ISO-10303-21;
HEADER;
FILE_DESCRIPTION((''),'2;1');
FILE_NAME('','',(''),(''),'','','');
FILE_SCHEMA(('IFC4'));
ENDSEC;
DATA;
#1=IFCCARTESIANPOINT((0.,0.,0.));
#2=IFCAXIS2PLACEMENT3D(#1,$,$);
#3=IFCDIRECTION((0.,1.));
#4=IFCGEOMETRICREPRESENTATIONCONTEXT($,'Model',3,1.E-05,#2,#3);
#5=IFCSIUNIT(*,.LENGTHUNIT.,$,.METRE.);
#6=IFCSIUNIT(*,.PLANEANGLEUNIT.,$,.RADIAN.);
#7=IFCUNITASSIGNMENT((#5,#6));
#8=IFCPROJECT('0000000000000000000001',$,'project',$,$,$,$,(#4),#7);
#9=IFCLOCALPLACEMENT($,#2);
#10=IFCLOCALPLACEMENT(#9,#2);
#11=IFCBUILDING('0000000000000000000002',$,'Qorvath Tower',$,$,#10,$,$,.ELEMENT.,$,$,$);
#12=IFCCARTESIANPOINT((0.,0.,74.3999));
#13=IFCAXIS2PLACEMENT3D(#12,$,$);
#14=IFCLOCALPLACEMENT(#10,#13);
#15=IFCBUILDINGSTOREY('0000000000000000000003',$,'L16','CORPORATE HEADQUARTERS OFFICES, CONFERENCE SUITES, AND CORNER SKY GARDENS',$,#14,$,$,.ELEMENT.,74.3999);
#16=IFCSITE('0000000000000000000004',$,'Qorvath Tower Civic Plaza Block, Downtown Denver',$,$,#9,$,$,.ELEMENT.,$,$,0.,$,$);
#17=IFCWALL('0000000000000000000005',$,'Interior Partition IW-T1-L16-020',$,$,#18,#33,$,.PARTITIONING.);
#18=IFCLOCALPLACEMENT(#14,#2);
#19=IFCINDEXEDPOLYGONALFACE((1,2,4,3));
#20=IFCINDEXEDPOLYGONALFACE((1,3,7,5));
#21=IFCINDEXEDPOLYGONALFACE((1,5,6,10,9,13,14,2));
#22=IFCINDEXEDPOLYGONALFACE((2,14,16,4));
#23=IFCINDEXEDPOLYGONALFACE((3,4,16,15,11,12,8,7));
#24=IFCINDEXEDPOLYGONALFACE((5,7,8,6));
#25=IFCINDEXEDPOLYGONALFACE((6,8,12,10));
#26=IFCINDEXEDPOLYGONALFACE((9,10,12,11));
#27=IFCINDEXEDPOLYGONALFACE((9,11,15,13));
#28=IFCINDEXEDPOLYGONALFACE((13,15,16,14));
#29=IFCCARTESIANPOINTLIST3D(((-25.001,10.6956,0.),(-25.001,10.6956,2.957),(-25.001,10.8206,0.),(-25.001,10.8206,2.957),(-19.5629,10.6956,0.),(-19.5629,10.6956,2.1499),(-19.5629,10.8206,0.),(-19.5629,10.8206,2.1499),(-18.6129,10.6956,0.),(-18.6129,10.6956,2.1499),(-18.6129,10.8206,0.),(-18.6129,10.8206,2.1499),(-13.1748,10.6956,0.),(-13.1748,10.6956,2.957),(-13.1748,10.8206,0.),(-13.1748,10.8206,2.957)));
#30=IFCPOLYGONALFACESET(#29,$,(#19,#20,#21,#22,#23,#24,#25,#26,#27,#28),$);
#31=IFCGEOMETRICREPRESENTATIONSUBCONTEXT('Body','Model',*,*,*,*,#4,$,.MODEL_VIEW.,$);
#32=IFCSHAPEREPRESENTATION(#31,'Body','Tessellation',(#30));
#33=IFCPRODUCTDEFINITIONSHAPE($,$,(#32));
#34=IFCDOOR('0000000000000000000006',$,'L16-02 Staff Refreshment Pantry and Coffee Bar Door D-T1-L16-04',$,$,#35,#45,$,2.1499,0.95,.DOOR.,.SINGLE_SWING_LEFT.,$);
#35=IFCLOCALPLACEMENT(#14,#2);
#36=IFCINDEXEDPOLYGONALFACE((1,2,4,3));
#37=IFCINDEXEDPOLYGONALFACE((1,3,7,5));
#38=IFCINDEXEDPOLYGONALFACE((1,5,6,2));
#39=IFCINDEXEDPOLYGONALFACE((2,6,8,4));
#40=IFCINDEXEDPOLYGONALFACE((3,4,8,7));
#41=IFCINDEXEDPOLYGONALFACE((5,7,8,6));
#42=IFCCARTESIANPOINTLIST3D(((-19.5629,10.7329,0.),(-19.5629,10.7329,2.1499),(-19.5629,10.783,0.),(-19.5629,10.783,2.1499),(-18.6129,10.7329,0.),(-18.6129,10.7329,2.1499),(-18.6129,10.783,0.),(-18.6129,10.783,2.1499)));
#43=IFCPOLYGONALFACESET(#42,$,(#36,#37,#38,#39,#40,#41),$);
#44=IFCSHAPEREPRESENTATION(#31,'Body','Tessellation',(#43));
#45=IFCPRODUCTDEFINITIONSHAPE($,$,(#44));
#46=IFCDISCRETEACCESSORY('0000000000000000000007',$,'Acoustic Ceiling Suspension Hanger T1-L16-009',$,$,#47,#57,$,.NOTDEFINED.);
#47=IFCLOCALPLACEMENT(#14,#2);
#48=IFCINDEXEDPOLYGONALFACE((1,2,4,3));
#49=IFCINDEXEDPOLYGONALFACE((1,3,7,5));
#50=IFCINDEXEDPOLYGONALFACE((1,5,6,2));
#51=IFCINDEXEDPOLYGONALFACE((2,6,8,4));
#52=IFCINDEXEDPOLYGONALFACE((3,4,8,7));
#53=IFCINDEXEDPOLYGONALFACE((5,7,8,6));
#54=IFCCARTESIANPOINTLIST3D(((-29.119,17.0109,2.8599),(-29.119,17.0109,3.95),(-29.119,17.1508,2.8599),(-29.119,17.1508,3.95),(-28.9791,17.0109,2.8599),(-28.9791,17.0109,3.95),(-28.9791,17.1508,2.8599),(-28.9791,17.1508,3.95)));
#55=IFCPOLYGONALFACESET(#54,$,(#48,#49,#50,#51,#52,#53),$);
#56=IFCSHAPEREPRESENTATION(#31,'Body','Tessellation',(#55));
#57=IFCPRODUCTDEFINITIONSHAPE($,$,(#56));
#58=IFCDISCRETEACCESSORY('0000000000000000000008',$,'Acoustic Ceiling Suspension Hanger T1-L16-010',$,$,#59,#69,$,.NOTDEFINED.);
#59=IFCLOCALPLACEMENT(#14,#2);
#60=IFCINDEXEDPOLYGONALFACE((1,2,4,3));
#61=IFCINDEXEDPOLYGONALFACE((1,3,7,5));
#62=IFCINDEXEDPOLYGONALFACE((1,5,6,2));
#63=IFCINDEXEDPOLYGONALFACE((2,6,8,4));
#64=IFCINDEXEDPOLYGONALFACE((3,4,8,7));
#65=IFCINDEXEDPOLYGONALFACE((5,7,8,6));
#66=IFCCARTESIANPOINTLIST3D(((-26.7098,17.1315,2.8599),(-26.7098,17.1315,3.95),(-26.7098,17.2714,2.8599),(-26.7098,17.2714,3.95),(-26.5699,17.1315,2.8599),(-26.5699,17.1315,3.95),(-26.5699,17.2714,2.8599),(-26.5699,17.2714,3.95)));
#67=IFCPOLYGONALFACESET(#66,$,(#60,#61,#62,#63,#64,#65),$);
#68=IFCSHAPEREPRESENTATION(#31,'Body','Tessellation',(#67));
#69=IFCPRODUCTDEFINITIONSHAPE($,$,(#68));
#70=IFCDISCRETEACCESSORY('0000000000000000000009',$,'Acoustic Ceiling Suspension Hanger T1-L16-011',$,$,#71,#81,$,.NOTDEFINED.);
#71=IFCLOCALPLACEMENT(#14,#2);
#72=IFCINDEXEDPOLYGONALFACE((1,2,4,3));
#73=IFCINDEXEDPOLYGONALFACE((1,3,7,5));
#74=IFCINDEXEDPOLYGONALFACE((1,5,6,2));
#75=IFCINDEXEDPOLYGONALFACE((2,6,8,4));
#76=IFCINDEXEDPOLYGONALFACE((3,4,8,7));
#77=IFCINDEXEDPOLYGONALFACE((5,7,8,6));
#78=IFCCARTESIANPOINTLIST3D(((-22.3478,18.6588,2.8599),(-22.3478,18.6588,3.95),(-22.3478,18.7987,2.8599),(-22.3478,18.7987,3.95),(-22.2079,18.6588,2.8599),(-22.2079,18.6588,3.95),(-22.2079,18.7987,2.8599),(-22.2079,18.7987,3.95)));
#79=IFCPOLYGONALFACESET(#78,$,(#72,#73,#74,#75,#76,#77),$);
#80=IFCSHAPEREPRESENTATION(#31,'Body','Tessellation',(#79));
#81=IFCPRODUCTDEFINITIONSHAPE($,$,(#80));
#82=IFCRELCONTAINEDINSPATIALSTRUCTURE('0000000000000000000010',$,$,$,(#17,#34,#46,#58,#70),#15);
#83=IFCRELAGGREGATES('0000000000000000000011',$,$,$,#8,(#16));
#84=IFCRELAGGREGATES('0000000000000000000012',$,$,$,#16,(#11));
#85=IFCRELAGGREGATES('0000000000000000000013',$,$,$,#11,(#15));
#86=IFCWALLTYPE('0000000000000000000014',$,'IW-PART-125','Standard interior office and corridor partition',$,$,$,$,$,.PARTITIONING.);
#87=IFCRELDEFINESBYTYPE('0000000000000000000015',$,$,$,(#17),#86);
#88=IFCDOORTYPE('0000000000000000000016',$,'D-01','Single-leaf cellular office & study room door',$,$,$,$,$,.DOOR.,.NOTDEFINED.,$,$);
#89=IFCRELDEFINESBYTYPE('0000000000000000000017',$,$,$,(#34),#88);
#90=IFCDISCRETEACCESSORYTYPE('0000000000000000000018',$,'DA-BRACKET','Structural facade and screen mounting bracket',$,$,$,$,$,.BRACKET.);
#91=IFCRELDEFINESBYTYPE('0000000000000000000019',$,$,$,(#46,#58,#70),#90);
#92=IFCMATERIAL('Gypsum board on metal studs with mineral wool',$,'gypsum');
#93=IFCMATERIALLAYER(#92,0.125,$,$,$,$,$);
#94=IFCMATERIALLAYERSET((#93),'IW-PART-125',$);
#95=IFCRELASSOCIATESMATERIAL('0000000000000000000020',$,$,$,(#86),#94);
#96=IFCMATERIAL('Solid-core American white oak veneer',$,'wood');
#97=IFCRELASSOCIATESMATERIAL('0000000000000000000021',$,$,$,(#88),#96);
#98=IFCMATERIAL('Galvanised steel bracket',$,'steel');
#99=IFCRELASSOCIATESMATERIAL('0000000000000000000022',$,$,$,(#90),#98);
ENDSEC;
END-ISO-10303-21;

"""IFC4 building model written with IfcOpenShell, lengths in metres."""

from ifc_helpers import new_model, si_unit, direction, frame, frame_2d, origin, origin_2d, place, context, subcontext, project, spatial, rectangle, extrude, material, layer, layer_set, type_object, element, fill, save


model = new_model("IFC4")

# Units and contexts
model_context = context("Model", 3, precision=1e-05, world=origin(), true_north=direction((0.0, 1.0)))
body_context = subcontext(model_context, "Body", "Model", "MODEL_VIEW")
ifc_project = project(units=[si_unit("LENGTHUNIT", "METRE"), si_unit("PLANEANGLEUNIT", "RADIAN")], contexts=[model_context])

# Site, building, storey
site_placement = place(None, origin())
site = spatial("IfcSite", under=ifc_project, at=site_placement, Name="Qorvath Tower Civic Plaza Block, Downtown Denver", CompositionType="ELEMENT", RefElevation=0.0)
building_placement = place(site_placement, origin())
building = spatial("IfcBuilding", under=site, at=building_placement, Name="Qorvath Tower", CompositionType="ELEMENT")
storey_placement = place(building_placement, frame((0.0, 0.0, 74.3999)))
storey = spatial("IfcBuildingStorey", under=building, at=storey_placement, Name="L16", Description="CORPORATE HEADQUARTERS OFFICES, CONFERENCE SUITES, AND CORNER SKY GARDENS", CompositionType="ELEMENT", Elevation=74.3999)

# Shared definitions
ifc_material_1 = material(Name="Gypsum board on metal studs with mineral wool", Category="gypsum")
ifc_layer_1 = layer(ifc_material_1, 0.125)
ifc_layer_set_1 = layer_set([ifc_layer_1], Name="IW-PART-125")
wall_type = type_object("IfcWallType", Name="IW-PART-125", Description="Standard interior office and corridor partition", PredefinedType="PARTITIONING", material=ifc_layer_set_1)

# Wall, opening, door
wall_1_placement = place(storey_placement, frame((-25.001, 10.7581, 0.0), z_axis=(0.0, 0.0, 1.0), x_axis=(1.0, 0.0, 0.0)))
wall_1 = element("IfcWall", 1, at=wall_1_placement, inside=storey, type_object=wall_type, Name="Interior Partition IW-T1-L16-020", PredefinedType="PARTITIONING", context=body_context, shape_type="SweptSolid", body=[
    extrude(rectangle(XDim=11.8262, YDim=0.125, at=frame_2d((5.9131, 0.0))), origin(), (0.0, 0.0, 1.0), 2.957),
])
opening_placement = place(wall_1_placement, frame((5.438, 0.0, 0.0)))
opening = element("IfcOpeningElement", 2, at=opening_placement, cuts=wall_1, PredefinedType="OPENING", context=body_context, shape_type="SweptSolid", body=[
    extrude(rectangle(XDim=0.95, YDim=2.1499, at=frame_2d((0.4751, 1.075))), frame((0.0, 0.0725, 0.0), z_axis=(0.0, -1.0, 0.0), x_axis=(1.0, 0.0, 0.0)), (0.0, 0.0, 1.0), 0.145),
])
ifc_material_2 = material(Name="Solid-core American white oak veneer", Category="wood")
door_type = type_object("IfcDoorType", Name="D-01", Description="Single-leaf cellular office & study room door", OperationType="NOTDEFINED", PredefinedType="DOOR", material=ifc_material_2)
door_placement = place(opening_placement, origin())
door = element("IfcDoor", 3, at=door_placement, inside=storey, type_object=door_type, Name="L16-02 Staff Refreshment Pantry and Coffee Bar Door D-T1-L16-04", OperationType="SINGLE_SWING_LEFT", OverallHeight=2.1499, OverallWidth=0.95, PredefinedType="DOOR", context=body_context, shape_type="SweptSolid", body=[
    extrude(rectangle(XDim=0.95, YDim=2.1499, at=frame_2d((0.4751, 1.075))), frame((0.0, 0.0249, 0.0), z_axis=(0.0, -1.0, 0.0), x_axis=(1.0, 0.0, 0.0)), (0.0, 0.0, 1.0), 0.05),
])
fill(opening, door)

# Discrete accessories
ifc_material_3 = material(Name="Galvanised steel bracket", Category="steel")
discrete_accessory_type = type_object("IfcDiscreteAccessoryType", Name="DA-BRACKET", Description="Structural facade and screen mounting bracket", PredefinedType="BRACKET", material=ifc_material_3)
for number, where, z_axis, x_axis, name in (
    (4, (-29.0491, 17.0808, 2.8599), (0.0, 0.0, 1.0), (1.0, 0.0, 0.0), "Acoustic Ceiling Suspension Hanger T1-L16-009"),
    (5, (-26.6399, 17.2014, 2.8599), (0.0, 0.0, 1.0), (1.0, 0.0, 0.0), "Acoustic Ceiling Suspension Hanger T1-L16-010"),
    (6, (-22.2778, 18.7288, 2.8599), (0.0, 0.0, 1.0), (1.0, 0.0, 0.0), "Acoustic Ceiling Suspension Hanger T1-L16-011"),
):
    element("IfcDiscreteAccessory", number, at=place(storey_placement, frame(where, z_axis=z_axis, x_axis=x_axis)), inside=storey, type_object=discrete_accessory_type, Name=name, PredefinedType="NOTDEFINED", context=body_context, shape_type="SweptSolid", body=[
        extrude(rectangle(XDim=0.1399, YDim=0.1399, at=origin_2d()), origin(), (0.0, 0.0, 1.0), 1.0901),
    ])

save(model, "model.ifc")
